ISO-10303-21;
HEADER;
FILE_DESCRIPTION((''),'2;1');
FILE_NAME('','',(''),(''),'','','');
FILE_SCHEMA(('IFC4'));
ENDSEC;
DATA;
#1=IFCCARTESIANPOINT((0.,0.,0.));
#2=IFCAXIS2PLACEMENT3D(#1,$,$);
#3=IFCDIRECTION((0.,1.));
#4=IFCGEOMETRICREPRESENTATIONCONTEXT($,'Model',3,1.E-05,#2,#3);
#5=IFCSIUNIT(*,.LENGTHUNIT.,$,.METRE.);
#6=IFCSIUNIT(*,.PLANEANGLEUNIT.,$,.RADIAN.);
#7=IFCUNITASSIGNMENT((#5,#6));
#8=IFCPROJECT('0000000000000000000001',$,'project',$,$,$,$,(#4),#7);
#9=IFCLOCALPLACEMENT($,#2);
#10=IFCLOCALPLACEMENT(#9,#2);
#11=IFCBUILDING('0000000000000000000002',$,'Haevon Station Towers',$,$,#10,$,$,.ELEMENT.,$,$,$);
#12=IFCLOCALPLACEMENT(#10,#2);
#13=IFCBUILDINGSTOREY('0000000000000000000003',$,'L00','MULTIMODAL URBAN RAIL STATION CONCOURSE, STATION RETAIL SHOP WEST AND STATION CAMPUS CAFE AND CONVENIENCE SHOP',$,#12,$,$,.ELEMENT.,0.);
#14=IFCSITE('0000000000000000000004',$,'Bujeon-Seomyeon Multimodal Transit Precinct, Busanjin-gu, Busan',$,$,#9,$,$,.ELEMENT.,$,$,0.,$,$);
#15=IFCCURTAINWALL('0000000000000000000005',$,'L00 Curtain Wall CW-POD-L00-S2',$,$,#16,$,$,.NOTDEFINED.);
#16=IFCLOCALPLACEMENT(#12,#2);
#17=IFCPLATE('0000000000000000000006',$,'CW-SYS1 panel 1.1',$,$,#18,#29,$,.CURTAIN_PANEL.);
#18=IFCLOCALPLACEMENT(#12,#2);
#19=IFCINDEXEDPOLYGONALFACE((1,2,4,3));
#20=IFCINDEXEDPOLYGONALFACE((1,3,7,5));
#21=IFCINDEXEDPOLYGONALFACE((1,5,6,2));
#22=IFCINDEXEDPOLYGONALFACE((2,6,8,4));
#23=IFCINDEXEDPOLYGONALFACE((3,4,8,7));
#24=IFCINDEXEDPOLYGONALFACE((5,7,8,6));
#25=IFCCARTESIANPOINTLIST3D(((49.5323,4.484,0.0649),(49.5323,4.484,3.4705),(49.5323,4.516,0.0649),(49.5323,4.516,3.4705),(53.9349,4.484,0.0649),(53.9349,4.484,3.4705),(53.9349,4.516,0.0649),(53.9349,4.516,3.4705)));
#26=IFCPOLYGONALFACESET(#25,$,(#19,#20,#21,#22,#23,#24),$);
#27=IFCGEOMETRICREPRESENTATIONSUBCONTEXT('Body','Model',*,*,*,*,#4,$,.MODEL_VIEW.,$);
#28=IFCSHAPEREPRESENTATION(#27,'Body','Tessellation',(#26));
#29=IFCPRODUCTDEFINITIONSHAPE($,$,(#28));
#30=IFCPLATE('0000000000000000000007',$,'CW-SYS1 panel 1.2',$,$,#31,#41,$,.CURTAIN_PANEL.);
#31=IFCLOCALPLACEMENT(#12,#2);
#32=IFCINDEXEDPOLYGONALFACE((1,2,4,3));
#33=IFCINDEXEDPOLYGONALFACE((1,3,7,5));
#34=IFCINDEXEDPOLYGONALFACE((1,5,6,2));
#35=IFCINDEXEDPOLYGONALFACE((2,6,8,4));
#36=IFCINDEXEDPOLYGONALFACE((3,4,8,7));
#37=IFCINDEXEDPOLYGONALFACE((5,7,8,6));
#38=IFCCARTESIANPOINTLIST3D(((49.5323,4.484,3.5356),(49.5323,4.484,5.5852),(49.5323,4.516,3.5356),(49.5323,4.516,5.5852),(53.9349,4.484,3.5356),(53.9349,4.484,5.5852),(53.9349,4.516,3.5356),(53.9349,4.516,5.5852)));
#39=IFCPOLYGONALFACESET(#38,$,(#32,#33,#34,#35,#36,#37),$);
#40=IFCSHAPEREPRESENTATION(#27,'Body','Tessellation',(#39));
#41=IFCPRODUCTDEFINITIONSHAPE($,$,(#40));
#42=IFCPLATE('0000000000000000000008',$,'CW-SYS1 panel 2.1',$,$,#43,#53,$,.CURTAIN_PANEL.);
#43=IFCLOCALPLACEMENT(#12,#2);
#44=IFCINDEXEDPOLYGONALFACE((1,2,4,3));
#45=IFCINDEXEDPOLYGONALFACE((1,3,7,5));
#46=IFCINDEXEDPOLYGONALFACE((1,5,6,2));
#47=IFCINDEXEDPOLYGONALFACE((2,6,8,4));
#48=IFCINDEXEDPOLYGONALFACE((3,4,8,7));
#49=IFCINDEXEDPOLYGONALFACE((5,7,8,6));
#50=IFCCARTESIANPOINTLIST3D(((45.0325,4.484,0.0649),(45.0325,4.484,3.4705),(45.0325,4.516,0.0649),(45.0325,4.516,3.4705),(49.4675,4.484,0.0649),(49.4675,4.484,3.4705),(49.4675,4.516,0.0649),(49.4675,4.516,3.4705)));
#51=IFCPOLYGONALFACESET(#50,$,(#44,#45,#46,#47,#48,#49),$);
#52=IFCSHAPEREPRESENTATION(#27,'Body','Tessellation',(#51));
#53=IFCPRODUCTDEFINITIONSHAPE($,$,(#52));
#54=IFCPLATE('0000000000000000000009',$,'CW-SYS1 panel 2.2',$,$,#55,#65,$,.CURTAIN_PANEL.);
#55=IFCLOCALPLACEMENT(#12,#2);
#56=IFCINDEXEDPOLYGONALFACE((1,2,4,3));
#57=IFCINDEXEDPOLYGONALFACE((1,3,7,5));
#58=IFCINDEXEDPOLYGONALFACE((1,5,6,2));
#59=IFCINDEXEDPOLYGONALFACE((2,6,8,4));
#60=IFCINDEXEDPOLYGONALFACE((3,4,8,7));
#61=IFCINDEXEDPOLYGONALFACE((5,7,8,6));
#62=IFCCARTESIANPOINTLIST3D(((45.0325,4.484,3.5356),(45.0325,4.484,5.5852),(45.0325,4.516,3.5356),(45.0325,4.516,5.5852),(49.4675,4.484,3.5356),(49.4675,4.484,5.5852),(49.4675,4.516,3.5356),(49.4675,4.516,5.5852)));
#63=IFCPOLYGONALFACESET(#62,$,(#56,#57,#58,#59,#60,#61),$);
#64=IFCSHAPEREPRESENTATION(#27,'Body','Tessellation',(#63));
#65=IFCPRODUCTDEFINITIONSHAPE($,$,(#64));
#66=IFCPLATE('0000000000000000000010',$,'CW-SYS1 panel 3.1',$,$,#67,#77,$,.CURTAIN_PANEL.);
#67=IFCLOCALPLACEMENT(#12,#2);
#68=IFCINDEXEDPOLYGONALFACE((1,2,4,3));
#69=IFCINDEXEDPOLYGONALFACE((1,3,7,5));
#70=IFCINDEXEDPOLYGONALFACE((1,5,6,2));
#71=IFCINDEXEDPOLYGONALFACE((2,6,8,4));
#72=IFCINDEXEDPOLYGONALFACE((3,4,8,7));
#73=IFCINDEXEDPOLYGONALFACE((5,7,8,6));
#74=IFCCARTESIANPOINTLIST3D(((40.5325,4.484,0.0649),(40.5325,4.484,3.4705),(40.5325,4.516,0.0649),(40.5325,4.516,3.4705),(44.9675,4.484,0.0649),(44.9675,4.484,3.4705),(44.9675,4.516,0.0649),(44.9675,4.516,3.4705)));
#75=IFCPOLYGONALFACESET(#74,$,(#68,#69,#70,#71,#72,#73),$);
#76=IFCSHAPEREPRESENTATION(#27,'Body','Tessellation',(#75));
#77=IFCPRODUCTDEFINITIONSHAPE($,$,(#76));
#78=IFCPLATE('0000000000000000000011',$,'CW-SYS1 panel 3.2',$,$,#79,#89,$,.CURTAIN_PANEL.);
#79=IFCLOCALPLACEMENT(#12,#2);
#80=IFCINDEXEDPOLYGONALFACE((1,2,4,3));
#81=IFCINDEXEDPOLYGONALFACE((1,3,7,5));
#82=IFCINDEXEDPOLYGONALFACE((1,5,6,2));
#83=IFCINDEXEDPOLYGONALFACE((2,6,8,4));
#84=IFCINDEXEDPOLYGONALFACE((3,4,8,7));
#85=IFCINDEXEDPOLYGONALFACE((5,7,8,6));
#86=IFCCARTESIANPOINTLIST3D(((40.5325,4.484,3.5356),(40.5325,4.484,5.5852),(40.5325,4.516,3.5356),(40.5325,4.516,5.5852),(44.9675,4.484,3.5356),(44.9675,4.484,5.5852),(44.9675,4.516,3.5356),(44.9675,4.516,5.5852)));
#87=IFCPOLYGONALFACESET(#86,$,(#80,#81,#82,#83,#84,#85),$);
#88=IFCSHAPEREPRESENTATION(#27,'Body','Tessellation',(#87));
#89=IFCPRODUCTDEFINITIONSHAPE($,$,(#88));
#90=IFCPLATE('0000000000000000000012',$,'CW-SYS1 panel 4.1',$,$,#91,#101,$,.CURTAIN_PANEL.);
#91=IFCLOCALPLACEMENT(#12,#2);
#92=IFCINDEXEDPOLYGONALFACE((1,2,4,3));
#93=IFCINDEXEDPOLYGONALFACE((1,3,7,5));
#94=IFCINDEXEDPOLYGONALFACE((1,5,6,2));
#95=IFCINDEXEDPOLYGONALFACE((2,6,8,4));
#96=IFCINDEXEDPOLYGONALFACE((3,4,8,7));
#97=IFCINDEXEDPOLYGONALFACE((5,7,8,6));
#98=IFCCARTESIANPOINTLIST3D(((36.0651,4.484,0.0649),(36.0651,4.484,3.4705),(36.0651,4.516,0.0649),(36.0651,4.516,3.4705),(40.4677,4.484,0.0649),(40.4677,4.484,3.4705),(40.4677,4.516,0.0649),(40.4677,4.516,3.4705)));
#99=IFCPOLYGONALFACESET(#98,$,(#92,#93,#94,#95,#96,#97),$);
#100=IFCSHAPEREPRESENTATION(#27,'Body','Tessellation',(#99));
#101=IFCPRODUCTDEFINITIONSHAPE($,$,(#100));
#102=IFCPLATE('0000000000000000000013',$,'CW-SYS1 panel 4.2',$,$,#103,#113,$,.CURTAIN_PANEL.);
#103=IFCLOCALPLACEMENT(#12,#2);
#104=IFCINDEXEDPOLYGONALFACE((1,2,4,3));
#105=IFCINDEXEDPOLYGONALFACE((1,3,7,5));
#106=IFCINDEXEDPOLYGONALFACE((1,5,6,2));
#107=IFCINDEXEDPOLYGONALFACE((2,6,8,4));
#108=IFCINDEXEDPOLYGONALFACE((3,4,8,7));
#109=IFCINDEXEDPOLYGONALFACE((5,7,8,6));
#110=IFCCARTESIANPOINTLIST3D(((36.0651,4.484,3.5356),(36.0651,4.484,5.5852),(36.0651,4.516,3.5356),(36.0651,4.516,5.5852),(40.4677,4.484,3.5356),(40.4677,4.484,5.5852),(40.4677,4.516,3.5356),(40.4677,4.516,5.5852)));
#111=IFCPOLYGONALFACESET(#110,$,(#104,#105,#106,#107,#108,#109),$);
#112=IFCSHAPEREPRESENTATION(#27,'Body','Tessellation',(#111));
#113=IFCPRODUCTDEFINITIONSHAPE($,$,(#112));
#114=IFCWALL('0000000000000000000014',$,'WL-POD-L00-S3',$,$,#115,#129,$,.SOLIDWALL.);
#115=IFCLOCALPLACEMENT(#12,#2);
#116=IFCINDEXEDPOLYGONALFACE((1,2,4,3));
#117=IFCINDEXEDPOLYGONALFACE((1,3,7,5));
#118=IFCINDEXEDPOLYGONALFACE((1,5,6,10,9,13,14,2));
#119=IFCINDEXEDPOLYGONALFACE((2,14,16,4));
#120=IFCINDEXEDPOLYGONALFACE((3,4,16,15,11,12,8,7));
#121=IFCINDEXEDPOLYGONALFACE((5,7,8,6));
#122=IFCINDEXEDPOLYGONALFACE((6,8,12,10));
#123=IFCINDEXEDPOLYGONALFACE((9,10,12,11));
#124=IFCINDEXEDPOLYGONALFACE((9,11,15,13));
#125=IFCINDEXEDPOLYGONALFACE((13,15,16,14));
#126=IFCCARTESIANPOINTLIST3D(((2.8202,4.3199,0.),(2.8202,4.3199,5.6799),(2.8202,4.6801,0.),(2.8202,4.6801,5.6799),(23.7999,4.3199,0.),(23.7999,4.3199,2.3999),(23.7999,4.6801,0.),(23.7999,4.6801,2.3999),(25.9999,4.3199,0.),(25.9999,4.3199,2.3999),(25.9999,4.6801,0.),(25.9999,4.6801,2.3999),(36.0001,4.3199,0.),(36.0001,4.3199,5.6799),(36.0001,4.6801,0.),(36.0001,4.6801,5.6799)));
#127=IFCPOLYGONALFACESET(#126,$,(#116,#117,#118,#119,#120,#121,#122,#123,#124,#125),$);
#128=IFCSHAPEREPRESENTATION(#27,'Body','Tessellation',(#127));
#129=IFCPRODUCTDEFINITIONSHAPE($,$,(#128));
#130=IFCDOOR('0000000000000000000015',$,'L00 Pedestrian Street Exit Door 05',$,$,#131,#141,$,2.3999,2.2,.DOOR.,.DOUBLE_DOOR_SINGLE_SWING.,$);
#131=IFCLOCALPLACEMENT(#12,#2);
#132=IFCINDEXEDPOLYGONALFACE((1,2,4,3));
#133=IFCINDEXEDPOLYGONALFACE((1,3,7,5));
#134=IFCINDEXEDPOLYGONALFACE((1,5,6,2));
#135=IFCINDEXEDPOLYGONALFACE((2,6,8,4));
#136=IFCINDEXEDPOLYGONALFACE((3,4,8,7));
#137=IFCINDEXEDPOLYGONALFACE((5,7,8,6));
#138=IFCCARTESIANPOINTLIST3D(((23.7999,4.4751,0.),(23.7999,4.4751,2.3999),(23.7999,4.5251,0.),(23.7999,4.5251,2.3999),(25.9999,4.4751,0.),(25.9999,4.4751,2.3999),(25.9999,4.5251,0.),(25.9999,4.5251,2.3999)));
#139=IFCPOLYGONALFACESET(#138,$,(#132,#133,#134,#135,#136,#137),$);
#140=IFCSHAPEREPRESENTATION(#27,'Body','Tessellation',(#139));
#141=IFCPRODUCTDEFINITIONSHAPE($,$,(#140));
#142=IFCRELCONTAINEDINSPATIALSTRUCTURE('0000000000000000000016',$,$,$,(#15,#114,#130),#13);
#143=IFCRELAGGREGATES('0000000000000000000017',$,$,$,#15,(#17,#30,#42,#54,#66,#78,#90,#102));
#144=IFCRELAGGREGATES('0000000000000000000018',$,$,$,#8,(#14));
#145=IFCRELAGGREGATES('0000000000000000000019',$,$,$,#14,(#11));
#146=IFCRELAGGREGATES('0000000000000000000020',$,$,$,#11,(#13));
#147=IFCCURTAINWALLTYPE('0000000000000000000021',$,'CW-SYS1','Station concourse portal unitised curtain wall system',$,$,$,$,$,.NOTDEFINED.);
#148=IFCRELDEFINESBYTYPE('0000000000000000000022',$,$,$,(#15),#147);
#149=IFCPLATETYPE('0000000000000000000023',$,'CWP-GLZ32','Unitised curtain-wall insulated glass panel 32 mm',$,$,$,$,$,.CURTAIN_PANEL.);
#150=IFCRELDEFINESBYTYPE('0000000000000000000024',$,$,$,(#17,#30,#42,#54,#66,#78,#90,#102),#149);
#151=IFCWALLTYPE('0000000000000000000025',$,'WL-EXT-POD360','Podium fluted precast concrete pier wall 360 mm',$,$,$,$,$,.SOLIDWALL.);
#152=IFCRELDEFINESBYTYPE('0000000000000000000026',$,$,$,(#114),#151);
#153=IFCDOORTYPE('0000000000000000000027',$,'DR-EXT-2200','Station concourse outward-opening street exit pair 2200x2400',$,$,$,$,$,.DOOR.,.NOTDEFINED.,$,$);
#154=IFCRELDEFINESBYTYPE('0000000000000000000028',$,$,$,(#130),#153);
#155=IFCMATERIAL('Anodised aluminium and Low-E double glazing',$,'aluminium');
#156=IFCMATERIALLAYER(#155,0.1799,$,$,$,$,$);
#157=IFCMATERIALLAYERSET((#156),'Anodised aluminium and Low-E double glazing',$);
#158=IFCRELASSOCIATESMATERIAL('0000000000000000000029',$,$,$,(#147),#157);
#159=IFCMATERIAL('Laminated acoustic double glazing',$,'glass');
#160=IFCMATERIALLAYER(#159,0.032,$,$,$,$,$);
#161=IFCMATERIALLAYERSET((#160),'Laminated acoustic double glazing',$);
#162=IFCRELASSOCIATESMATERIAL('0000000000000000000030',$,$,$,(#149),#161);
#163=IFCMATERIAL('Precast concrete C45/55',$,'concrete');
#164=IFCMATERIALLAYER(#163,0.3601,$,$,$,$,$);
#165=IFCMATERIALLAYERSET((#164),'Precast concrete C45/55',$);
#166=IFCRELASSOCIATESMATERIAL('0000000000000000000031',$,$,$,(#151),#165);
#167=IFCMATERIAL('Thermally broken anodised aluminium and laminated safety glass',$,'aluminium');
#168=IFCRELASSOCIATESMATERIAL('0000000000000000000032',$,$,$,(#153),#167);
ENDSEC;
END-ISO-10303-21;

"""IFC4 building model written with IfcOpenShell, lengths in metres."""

from ifc_helpers import new_model, si_unit, direction, frame, frame_2d, origin, origin_2d, place, context, subcontext, project, spatial, rectangle, extrude, material, layer, layer_set, type_object, element, fill, aggregate, save


model = new_model("IFC4")

# Units and contexts
model_context = context("Model", 3, precision=1e-05, world=origin(), true_north=direction((0.0, 1.0)))
body_context = subcontext(model_context, "Body", "Model", "MODEL_VIEW")
ifc_project = project(units=[si_unit("LENGTHUNIT", "METRE"), si_unit("PLANEANGLEUNIT", "RADIAN")], contexts=[model_context])

# Site, building, storey
site_placement = place(None, origin())
site = spatial("IfcSite", under=ifc_project, at=site_placement, Name="Bujeon-Seomyeon Multimodal Transit Precinct, Busanjin-gu, Busan", CompositionType="ELEMENT", RefElevation=0.0)
building_placement = place(site_placement, origin())
building = spatial("IfcBuilding", under=site, at=building_placement, Name="Haevon Station Towers", CompositionType="ELEMENT")
storey_placement = place(building_placement, origin())
storey = spatial("IfcBuildingStorey", under=building, at=storey_placement, Name="L00", Description="MULTIMODAL URBAN RAIL STATION CONCOURSE, STATION RETAIL SHOP WEST AND STATION CAMPUS CAFE AND CONVENIENCE SHOP", CompositionType="ELEMENT", Elevation=0.0)

# Curtain wall, plates
ifc_material_1 = material(Name="Anodised aluminium and Low-E double glazing", Category="aluminium")
ifc_layer_1 = layer(ifc_material_1, 0.1799)
ifc_layer_set_1 = layer_set([ifc_layer_1], Name="Anodised aluminium and Low-E double glazing")
curtain_wall_type = type_object("IfcCurtainWallType", Name="CW-SYS1", Description="Station concourse portal unitised curtain wall system", PredefinedType="NOTDEFINED", material=ifc_layer_set_1)
curtain_wall_placement = place(storey_placement, origin())
curtain_wall = element("IfcCurtainWall", 1, at=curtain_wall_placement, inside=storey, type_object=curtain_wall_type, Name="L00 Curtain Wall CW-POD-L00-S2", PredefinedType="NOTDEFINED")
ifc_material_2 = material(Name="Laminated acoustic double glazing", Category="glass")
ifc_layer_2 = layer(ifc_material_2, 0.032)
ifc_layer_set_2 = layer_set([ifc_layer_2], Name="Laminated acoustic double glazing")
plate_type = type_object("IfcPlateType", Name="CWP-GLZ32", Description="Unitised curtain-wall insulated glass panel 32 mm", PredefinedType="CURTAIN_PANEL", material=ifc_layer_set_2)
plate_1_placement = place(storey_placement, frame((51.7336, 4.5, 0.0649), z_axis=(0.0, 0.0, 1.0), x_axis=(-1.0, 0.0, 0.0)))
plate_1 = element("IfcPlate", 2, at=plate_1_placement, type_object=plate_type, Name="CW-SYS1 panel 1.1", PredefinedType="CURTAIN_PANEL", context=body_context, shape_type="SweptSolid", body=[
    extrude(rectangle(XDim=4.4026, YDim=0.032, at=origin_2d()), origin(), (0.0, 0.0, 1.0), 3.4055),
])
plate_2_placement = place(storey_placement, frame((51.7336, 4.5, 3.5356), z_axis=(0.0, 0.0, 1.0), x_axis=(-1.0, 0.0, 0.0)))
plate_2 = element("IfcPlate", 3, at=plate_2_placement, type_object=plate_type, Name="CW-SYS1 panel 1.2", PredefinedType="CURTAIN_PANEL", context=body_context, shape_type="SweptSolid", body=[
    extrude(rectangle(XDim=4.4026, YDim=0.032, at=origin_2d()), origin(), (0.0, 0.0, 1.0), 2.0496),
])
plate_3_placement = place(storey_placement, frame((47.25, 4.5, 0.0649), z_axis=(0.0, 0.0, 1.0), x_axis=(-1.0, 0.0, 0.0)))
plate_3 = element("IfcPlate", 4, at=plate_3_placement, type_object=plate_type, Name="CW-SYS1 panel 2.1", PredefinedType="CURTAIN_PANEL", context=body_context, shape_type="SweptSolid", body=[
    extrude(rectangle(XDim=4.4351, YDim=0.032, at=origin_2d()), origin(), (0.0, 0.0, 1.0), 3.4055),
])
plate_4_placement = place(storey_placement, frame((47.25, 4.5, 3.5356), z_axis=(0.0, 0.0, 1.0), x_axis=(-1.0, 0.0, 0.0)))
plate_4 = element("IfcPlate", 5, at=plate_4_placement, type_object=plate_type, Name="CW-SYS1 panel 2.2", PredefinedType="CURTAIN_PANEL", context=body_context, shape_type="SweptSolid", body=[
    extrude(rectangle(XDim=4.4351, YDim=0.032, at=origin_2d()), origin(), (0.0, 0.0, 1.0), 2.0496),
])
plate_5_placement = place(storey_placement, frame((42.75, 4.5, 0.0649), z_axis=(0.0, 0.0, 1.0), x_axis=(-1.0, 0.0, 0.0)))
plate_5 = element("IfcPlate", 6, at=plate_5_placement, type_object=plate_type, Name="CW-SYS1 panel 3.1", PredefinedType="CURTAIN_PANEL", context=body_context, shape_type="SweptSolid", body=[
    extrude(rectangle(XDim=4.4351, YDim=0.032, at=origin_2d()), origin(), (0.0, 0.0, 1.0), 3.4055),
])
plate_6_placement = place(storey_placement, frame((42.75, 4.5, 3.5356), z_axis=(0.0, 0.0, 1.0), x_axis=(-1.0, 0.0, 0.0)))
plate_6 = element("IfcPlate", 7, at=plate_6_placement, type_object=plate_type, Name="CW-SYS1 panel 3.2", PredefinedType="CURTAIN_PANEL", context=body_context, shape_type="SweptSolid", body=[
    extrude(rectangle(XDim=4.4351, YDim=0.032, at=origin_2d()), origin(), (0.0, 0.0, 1.0), 2.0496),
])
plate_7_placement = place(storey_placement, frame((38.2664, 4.5, 0.0649), z_axis=(0.0, 0.0, 1.0), x_axis=(-1.0, 0.0, 0.0)))
plate_7 = element("IfcPlate", 8, at=plate_7_placement, type_object=plate_type, Name="CW-SYS1 panel 4.1", PredefinedType="CURTAIN_PANEL", context=body_context, shape_type="SweptSolid", body=[
    extrude(rectangle(XDim=4.4026, YDim=0.032, at=origin_2d()), origin(), (0.0, 0.0, 1.0), 3.4055),
])
plate_8_placement = place(storey_placement, frame((38.2664, 4.5, 3.5356), z_axis=(0.0, 0.0, 1.0), x_axis=(-1.0, 0.0, 0.0)))
plate_8 = element("IfcPlate", 9, at=plate_8_placement, type_object=plate_type, Name="CW-SYS1 panel 4.2", PredefinedType="CURTAIN_PANEL", context=body_context, shape_type="SweptSolid", body=[
    extrude(rectangle(XDim=4.4026, YDim=0.032, at=origin_2d()), origin(), (0.0, 0.0, 1.0), 2.0496),
])
aggregate(curtain_wall, [plate_1, plate_2, plate_3, plate_4, plate_5, plate_6, plate_7, plate_8])

# Wall, opening, door
ifc_material_3 = material(Name="Precast concrete C45/55", Category="concrete")
ifc_layer_3 = layer(ifc_material_3, 0.3601)
ifc_layer_set_3 = layer_set([ifc_layer_3], Name="Precast concrete C45/55")
wall_type = type_object("IfcWallType", Name="WL-EXT-POD360", Description="Podium fluted precast concrete pier wall 360 mm", PredefinedType="SOLIDWALL", material=ifc_layer_set_3)
wall_placement = place(storey_placement, frame((36.0, 4.5, 0.0), z_axis=(0.0, 0.0, 1.0), x_axis=(-1.0, 0.0, 0.0)))
wall = element("IfcWall", 10, at=wall_placement, inside=storey, type_object=wall_type, Name="WL-POD-L00-S3", PredefinedType="SOLIDWALL", context=body_context, shape_type="SweptSolid", body=[
    extrude(rectangle(XDim=33.1799, YDim=0.3601, at=frame_2d((16.5898, 0.0))), origin(), (0.0, 0.0, 1.0), 5.6799),
])
opening_placement = place(wall_placement, frame((10.0, 0.0, 0.0)))
opening = element("IfcOpeningElement", 11, at=opening_placement, cuts=wall, PredefinedType="OPENING", context=body_context, shape_type="SweptSolid", body=[
    extrude(rectangle(XDim=2.2, YDim=2.3999, at=frame_2d((1.1001, 1.2))), frame((0.0, 0.1899, 0.0), z_axis=(0.0, -1.0, 0.0), x_axis=(1.0, 0.0, 0.0)), (0.0, 0.0, 1.0), 0.3801),
])
ifc_material_4 = material(Name="Thermally broken anodised aluminium and laminated safety glass", Category="aluminium")
door_type = type_object("IfcDoorType", Name="DR-EXT-2200", Description="Station concourse outward-opening street exit pair 2200x2400", OperationType="NOTDEFINED", PredefinedType="DOOR", material=ifc_material_4)
door_placement = place(opening_placement, origin())
door = element("IfcDoor", 12, at=door_placement, inside=storey, type_object=door_type, Name="L00 Pedestrian Street Exit Door 05", OperationType="DOUBLE_DOOR_SINGLE_SWING", OverallHeight=2.3999, OverallWidth=2.2, PredefinedType="DOOR", context=body_context, shape_type="SweptSolid", body=[
    extrude(rectangle(XDim=2.2, YDim=2.3999, at=frame_2d((1.1001, 1.2))), frame((0.0, 0.0249, 0.0), z_axis=(0.0, -1.0, 0.0), x_axis=(1.0, 0.0, 0.0)), (0.0, 0.0, 1.0), 0.05),
])
fill(opening, door)

save(model, "model.ifc")
